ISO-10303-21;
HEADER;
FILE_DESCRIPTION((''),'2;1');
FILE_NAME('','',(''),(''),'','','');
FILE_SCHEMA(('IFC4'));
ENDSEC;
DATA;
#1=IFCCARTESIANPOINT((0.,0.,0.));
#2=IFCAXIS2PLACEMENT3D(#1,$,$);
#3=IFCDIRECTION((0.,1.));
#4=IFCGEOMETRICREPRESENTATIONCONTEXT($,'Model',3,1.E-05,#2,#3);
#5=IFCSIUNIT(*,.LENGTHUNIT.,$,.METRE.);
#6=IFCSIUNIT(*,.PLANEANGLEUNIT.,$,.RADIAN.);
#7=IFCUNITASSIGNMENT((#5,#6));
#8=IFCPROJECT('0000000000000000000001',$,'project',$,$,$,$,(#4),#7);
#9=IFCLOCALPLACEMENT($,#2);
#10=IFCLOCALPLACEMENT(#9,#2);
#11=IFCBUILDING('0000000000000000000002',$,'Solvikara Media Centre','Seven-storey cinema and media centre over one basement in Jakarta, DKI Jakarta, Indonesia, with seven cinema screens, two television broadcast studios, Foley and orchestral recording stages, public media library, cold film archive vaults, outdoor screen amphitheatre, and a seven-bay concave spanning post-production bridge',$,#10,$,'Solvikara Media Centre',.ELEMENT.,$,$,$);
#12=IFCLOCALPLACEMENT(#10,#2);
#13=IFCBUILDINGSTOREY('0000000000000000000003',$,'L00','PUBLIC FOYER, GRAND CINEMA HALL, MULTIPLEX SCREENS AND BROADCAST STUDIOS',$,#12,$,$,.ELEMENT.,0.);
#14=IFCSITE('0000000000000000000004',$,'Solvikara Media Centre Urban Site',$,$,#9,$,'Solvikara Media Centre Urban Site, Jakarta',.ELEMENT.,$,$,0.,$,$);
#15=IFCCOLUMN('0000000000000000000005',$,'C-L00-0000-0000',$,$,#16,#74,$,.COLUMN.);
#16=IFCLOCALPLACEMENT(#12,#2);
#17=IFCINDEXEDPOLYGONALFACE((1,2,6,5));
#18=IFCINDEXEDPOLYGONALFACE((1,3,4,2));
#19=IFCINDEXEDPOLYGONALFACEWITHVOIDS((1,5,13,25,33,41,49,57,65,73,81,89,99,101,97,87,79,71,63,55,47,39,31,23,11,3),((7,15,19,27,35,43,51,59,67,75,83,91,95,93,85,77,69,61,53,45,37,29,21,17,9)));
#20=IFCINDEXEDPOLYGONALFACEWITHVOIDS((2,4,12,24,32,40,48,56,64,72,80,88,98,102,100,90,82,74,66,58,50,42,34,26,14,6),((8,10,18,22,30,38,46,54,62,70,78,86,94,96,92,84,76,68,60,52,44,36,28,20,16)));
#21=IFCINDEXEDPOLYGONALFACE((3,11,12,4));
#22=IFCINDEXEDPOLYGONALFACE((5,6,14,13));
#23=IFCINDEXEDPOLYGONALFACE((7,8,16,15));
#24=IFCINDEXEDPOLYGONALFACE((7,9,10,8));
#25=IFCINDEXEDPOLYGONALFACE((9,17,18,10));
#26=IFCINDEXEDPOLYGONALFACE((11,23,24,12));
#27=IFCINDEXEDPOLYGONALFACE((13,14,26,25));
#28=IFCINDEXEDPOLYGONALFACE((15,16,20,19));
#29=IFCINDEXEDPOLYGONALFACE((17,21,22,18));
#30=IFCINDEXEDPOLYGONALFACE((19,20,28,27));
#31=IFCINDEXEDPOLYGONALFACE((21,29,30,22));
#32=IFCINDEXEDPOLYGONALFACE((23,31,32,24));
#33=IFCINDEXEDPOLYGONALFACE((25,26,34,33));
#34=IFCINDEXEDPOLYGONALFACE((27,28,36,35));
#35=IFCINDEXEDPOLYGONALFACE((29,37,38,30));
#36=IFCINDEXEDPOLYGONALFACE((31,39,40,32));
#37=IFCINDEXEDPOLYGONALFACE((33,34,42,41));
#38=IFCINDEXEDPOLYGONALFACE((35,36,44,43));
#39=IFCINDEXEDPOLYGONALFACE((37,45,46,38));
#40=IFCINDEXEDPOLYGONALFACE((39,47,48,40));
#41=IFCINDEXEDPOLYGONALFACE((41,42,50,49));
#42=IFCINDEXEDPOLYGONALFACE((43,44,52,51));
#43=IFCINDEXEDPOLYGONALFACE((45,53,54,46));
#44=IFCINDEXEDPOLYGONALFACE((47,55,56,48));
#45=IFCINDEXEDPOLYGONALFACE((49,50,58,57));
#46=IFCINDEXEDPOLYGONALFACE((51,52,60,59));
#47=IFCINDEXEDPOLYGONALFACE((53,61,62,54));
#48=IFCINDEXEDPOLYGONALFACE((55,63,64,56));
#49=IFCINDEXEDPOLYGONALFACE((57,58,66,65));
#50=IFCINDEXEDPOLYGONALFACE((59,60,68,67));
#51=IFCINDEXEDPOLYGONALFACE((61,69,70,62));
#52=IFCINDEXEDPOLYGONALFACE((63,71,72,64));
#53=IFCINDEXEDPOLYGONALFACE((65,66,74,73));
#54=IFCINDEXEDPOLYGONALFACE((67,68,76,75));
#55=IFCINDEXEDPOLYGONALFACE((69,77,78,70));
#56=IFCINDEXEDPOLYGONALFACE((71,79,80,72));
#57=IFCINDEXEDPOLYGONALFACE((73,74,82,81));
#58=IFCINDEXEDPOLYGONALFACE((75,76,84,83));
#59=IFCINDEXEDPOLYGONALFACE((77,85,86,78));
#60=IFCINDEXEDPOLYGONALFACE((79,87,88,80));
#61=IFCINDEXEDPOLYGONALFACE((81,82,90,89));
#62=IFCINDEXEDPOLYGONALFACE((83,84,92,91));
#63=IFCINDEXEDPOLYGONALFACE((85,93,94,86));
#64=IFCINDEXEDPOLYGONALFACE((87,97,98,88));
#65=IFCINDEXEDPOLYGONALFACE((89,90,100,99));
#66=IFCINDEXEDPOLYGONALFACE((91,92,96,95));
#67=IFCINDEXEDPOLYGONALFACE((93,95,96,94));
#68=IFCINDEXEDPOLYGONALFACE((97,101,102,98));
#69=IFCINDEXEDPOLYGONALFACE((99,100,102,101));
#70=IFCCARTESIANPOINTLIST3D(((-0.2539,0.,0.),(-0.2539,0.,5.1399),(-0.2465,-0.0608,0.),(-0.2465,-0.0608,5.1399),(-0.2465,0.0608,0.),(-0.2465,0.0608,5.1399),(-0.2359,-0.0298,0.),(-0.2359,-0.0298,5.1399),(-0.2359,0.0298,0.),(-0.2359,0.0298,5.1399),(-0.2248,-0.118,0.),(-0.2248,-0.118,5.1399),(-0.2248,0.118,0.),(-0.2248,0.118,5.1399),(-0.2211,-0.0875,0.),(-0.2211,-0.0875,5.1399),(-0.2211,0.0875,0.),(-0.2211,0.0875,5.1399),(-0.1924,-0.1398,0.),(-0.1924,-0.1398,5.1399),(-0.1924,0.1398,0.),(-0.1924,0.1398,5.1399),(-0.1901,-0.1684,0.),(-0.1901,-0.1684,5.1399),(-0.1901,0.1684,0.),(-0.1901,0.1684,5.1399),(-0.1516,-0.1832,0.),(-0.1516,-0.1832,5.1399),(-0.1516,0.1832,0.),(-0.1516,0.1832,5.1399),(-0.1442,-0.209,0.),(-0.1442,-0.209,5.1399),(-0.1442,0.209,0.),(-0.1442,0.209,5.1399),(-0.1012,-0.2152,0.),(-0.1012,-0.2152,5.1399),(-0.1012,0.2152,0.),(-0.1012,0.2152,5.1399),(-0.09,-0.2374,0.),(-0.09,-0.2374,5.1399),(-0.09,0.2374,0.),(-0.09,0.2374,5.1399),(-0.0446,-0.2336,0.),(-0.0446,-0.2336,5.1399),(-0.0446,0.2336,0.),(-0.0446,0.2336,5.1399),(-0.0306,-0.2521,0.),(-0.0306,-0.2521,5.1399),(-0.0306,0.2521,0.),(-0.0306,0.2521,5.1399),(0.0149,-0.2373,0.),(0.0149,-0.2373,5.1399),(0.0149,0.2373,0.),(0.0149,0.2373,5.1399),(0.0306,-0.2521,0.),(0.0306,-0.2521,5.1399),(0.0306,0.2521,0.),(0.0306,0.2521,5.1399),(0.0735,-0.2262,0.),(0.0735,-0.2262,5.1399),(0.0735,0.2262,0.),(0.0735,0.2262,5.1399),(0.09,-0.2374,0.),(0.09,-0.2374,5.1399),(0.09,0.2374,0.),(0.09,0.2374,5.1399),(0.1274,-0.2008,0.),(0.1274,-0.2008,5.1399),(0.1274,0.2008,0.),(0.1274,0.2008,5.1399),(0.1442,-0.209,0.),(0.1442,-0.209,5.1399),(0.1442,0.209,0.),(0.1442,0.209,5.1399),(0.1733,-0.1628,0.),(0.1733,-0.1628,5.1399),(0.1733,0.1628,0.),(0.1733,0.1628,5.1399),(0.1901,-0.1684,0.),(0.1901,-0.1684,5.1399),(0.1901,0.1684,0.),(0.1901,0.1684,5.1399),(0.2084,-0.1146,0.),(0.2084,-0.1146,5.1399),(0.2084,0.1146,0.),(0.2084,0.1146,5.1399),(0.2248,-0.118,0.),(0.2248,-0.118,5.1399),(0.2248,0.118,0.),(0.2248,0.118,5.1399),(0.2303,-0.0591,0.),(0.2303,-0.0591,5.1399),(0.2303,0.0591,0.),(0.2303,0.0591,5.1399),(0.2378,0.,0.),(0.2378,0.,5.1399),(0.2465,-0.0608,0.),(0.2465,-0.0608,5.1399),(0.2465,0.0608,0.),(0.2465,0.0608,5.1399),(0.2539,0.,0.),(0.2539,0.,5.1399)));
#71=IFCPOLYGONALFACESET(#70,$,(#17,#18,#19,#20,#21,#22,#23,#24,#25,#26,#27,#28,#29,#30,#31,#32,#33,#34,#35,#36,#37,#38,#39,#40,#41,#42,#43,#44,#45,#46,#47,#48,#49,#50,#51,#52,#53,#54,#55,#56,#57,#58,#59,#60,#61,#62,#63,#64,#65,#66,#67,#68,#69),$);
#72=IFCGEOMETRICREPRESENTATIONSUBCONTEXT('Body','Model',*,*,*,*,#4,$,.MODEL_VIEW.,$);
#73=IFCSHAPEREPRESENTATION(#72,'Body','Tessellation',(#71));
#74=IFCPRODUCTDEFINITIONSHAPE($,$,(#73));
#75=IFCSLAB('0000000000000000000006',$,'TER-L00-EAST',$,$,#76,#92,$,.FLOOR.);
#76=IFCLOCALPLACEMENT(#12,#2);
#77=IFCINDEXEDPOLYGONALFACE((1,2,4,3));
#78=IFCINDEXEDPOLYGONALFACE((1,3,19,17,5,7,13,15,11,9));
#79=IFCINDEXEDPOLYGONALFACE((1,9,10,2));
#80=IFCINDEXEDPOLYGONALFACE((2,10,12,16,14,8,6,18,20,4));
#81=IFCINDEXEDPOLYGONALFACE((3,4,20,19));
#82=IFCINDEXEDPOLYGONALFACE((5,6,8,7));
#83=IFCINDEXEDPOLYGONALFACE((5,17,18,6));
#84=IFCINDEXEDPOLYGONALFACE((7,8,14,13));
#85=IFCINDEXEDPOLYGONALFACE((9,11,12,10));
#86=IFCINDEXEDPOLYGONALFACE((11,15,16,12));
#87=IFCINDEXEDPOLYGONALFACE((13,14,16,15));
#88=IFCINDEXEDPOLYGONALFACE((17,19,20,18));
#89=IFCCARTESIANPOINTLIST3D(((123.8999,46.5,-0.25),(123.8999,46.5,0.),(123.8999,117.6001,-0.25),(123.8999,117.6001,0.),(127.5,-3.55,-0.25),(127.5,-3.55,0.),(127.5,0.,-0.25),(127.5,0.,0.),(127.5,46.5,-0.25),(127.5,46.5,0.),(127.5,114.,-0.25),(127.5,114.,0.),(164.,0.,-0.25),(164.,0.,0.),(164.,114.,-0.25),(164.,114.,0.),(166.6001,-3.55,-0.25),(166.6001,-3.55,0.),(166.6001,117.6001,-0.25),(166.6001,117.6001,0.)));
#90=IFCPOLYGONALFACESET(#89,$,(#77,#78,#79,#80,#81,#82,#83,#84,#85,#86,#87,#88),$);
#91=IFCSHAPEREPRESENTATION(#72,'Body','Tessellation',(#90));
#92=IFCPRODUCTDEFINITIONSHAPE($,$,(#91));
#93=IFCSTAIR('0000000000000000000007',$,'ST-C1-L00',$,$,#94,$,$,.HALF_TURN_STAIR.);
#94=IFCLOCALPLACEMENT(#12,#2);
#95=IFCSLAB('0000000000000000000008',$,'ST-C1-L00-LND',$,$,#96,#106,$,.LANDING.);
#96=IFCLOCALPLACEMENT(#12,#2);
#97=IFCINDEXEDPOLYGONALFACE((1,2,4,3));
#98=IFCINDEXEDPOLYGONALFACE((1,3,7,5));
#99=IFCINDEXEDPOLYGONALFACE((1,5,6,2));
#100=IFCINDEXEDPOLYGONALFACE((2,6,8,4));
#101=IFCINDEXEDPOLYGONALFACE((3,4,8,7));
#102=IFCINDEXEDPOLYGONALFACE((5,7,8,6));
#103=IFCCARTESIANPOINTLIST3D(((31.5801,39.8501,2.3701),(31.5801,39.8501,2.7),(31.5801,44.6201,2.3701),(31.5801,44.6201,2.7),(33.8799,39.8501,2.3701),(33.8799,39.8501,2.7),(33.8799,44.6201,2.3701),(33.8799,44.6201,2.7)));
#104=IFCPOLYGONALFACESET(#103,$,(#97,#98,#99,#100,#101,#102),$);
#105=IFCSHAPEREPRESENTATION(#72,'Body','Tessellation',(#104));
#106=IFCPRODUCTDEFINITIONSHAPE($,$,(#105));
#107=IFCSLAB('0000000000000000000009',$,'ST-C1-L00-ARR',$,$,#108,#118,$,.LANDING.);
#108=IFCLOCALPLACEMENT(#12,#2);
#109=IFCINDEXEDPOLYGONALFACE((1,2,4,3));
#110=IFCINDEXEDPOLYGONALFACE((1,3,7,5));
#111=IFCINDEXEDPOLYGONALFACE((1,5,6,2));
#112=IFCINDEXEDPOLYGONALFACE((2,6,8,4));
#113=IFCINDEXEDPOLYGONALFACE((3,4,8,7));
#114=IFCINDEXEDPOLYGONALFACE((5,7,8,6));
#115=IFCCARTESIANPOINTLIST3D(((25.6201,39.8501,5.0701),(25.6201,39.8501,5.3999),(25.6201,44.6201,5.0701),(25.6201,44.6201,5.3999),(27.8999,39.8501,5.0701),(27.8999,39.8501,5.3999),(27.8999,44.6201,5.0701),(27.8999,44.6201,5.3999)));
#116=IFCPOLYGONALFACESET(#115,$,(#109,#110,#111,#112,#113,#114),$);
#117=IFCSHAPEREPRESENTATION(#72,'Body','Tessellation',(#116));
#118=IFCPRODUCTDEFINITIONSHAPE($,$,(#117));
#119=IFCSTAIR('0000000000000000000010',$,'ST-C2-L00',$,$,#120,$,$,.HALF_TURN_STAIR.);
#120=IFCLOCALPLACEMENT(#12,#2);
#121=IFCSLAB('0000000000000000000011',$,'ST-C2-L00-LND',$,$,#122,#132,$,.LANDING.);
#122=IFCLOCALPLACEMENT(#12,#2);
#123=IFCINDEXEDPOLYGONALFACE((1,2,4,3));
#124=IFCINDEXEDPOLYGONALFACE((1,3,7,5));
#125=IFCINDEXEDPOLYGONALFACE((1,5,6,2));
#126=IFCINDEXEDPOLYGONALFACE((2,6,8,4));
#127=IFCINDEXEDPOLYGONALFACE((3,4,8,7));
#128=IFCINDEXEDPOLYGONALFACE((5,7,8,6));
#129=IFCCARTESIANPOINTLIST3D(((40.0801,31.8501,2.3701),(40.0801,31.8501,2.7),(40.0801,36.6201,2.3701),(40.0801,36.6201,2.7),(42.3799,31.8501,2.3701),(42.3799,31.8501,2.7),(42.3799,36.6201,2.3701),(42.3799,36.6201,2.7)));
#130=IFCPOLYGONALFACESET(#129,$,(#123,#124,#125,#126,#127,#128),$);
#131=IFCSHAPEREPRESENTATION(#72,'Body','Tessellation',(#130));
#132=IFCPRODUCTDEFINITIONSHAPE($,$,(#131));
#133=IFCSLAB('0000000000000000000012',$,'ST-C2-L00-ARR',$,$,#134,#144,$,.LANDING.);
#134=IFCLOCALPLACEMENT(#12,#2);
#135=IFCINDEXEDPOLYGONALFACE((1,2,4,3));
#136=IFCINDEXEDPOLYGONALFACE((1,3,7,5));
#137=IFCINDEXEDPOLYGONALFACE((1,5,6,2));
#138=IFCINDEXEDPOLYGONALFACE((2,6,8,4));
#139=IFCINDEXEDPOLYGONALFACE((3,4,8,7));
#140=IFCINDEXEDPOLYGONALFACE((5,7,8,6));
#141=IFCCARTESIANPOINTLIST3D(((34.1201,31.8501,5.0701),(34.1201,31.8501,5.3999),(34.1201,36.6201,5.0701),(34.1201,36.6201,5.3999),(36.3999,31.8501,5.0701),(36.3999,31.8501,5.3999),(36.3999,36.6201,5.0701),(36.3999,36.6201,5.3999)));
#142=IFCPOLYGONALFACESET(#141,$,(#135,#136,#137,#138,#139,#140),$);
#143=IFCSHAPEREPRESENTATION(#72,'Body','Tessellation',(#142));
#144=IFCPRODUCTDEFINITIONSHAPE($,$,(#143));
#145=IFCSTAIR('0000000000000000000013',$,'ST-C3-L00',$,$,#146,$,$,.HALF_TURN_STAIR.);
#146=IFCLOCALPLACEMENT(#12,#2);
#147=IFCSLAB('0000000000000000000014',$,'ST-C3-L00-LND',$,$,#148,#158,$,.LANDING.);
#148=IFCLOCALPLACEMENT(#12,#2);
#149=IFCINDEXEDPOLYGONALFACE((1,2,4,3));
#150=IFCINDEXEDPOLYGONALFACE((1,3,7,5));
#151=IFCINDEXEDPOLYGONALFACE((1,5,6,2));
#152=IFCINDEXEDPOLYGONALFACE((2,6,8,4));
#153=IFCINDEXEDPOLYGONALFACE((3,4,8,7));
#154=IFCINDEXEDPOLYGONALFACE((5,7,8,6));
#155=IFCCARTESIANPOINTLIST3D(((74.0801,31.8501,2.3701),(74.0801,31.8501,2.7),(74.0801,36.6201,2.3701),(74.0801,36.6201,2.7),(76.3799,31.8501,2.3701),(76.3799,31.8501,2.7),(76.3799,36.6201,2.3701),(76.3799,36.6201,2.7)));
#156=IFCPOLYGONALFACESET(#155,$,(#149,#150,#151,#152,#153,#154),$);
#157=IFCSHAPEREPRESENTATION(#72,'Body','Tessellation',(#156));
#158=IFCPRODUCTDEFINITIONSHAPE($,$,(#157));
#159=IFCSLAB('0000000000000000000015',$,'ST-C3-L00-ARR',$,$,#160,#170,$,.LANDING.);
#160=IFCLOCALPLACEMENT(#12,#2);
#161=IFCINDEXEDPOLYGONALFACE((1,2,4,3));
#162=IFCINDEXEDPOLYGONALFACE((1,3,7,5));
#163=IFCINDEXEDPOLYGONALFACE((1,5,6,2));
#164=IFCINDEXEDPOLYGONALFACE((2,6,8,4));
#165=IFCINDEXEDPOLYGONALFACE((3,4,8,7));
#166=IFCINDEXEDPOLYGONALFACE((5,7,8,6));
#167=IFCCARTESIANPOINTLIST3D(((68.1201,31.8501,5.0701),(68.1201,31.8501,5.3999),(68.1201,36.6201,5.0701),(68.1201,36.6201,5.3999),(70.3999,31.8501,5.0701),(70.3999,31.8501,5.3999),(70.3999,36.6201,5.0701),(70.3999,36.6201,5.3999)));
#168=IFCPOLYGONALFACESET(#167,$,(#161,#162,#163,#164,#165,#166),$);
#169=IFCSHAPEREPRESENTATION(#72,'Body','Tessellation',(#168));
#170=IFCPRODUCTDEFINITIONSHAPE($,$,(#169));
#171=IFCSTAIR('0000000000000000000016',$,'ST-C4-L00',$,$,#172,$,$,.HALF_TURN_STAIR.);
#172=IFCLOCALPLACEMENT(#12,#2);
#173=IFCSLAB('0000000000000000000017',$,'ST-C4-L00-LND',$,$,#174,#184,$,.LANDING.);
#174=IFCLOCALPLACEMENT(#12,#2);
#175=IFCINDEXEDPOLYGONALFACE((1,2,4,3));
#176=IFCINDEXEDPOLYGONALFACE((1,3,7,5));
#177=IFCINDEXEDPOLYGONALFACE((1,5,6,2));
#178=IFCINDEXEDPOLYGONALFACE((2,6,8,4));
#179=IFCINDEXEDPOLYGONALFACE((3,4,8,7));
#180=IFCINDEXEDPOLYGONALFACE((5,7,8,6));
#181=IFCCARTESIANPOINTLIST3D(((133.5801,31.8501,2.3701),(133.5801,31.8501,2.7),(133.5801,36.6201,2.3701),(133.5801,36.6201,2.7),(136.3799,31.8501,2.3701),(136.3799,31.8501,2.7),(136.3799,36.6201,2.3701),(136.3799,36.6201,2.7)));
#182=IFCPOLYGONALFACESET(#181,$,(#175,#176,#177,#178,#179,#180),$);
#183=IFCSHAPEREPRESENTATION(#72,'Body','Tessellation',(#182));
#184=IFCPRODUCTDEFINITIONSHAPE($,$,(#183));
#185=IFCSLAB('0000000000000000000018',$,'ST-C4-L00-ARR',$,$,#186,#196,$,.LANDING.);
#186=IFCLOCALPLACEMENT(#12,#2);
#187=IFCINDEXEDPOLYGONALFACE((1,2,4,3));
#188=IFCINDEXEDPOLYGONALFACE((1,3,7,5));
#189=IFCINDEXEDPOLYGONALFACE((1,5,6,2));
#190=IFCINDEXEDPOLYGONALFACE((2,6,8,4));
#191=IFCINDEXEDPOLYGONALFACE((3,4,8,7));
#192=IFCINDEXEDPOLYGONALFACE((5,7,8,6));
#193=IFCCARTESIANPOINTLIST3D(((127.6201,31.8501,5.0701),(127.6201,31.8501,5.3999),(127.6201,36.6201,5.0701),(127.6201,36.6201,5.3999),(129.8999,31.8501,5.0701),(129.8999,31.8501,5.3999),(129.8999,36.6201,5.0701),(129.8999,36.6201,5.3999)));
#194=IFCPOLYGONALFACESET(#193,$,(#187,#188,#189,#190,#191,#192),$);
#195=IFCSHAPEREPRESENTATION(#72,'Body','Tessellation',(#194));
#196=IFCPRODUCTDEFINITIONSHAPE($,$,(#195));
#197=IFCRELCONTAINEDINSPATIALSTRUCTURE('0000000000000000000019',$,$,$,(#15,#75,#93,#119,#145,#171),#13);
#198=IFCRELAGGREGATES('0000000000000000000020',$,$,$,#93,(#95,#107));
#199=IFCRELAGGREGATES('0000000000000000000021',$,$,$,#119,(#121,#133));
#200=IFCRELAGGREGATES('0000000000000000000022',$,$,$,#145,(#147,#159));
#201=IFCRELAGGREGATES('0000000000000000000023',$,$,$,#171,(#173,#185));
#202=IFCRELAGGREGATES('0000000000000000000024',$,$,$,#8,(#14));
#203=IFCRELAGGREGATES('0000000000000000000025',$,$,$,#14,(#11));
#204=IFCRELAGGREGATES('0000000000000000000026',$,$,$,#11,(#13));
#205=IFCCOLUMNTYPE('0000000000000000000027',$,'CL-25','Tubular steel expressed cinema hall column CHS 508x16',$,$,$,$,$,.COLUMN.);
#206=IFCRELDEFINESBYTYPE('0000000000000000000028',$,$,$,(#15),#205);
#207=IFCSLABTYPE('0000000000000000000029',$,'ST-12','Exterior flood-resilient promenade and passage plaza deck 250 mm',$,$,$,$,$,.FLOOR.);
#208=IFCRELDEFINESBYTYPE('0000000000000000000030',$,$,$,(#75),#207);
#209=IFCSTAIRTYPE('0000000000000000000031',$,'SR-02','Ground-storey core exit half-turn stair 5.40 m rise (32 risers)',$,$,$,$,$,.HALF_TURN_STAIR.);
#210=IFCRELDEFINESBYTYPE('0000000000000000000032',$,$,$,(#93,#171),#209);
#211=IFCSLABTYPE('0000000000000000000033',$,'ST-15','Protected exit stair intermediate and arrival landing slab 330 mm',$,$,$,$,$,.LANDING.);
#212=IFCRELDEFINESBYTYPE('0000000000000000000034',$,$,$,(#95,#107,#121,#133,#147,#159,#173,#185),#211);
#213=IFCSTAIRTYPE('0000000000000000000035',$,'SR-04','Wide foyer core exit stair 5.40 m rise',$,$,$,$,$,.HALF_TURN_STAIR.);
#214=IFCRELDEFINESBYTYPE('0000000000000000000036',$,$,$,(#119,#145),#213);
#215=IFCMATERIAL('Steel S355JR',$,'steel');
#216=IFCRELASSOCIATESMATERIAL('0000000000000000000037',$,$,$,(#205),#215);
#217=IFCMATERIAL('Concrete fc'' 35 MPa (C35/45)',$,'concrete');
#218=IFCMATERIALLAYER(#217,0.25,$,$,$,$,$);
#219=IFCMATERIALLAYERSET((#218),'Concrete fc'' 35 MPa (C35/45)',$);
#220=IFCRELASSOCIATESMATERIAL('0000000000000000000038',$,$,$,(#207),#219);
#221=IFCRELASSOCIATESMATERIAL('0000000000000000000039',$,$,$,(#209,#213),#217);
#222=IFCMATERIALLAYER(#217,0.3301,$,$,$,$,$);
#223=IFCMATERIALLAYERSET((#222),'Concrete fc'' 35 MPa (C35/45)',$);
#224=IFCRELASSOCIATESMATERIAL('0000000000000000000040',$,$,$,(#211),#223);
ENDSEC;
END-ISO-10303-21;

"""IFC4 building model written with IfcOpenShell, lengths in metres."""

from ifc_helpers import new_model, si_unit, direction, frame, origin, origin_with_axes, origin_2d, place, context, subcontext, project, spatial, polyline, hollow_circle, outline, extrude, material, layer, layer_set, material_profile, profile_set, type_object, element, aggregate, save


model = new_model("IFC4")

# Units and contexts
model_context = context("Model", 3, precision=1e-05, world=origin(), true_north=direction((0.0, 1.0)))
body_context = subcontext(model_context, "Body", "Model", "MODEL_VIEW")
ifc_project = project(units=[si_unit("LENGTHUNIT", "METRE"), si_unit("PLANEANGLEUNIT", "RADIAN")], contexts=[model_context])

# Site, building, storey
site_placement = place(None, origin())
site = spatial("IfcSite", under=ifc_project, at=site_placement, Name="Solvikara Media Centre Urban Site", LongName="Solvikara Media Centre Urban Site, Jakarta", CompositionType="ELEMENT", RefElevation=0.0)
building_placement = place(site_placement, origin())
building = spatial("IfcBuilding", under=site, at=building_placement, Name="Solvikara Media Centre", Description="Seven-storey cinema and media centre over one basement in Jakarta, DKI Jakarta, Indonesia, with seven cinema screens, two television broadcast studios, Foley and orchestral recording stages, public media library, cold film archive vaults, outdoor screen amphitheatre, and a seven-bay concave spanning post-production bridge", LongName="Solvikara Media Centre", CompositionType="ELEMENT")
storey_placement = place(building_placement, origin())
storey = spatial("IfcBuildingStorey", under=building, at=storey_placement, Name="L00", Description="PUBLIC FOYER, GRAND CINEMA HALL, MULTIPLEX SCREENS AND BROADCAST STUDIOS", CompositionType="ELEMENT", Elevation=0.0)

# Column
ifc_material_1 = material(Name="Steel S355JR", Category="steel")
ifc_material_profile = material_profile(ifc_material_1, hollow_circle(Radius=0.2539, WallThickness=0.0161, at=origin_2d()), Name="CHS 508x16")
ifc_profile_set = profile_set([ifc_material_profile], Name="Steel S355JR")
column_type = type_object("IfcColumnType", Name="CL-25", Description="Tubular steel expressed cinema hall column CHS 508x16", PredefinedType="COLUMN", material=ifc_profile_set)
column_placement = place(storey_placement, origin_with_axes())
element("IfcColumn", 1, at=column_placement, inside=storey, type_object=column_type, Name="C-L00-0000-0000", PredefinedType="COLUMN", context=body_context, shape_type="SweptSolid", body=[
    extrude(hollow_circle(Radius=0.2539, WallThickness=0.0161, at=origin_2d()), origin(), (0.0, 0.0, 1.0), 5.1399),
])

# Slab
ifc_material_2 = material(Name="Concrete fc' 35 MPa (C35/45)", Category="concrete")
ifc_layer_1 = layer(ifc_material_2, 0.25)
ifc_layer_set_1 = layer_set([ifc_layer_1], Name="Concrete fc' 35 MPa (C35/45)")
slab_type_1 = type_object("IfcSlabType", Name="ST-12", Description="Exterior flood-resilient promenade and passage plaza deck 250 mm", PredefinedType="FLOOR", material=ifc_layer_set_1)
slab_1_placement = place(storey_placement, frame((0.0, 0.0, -0.25)))
element("IfcSlab", 2, at=slab_1_placement, inside=storey, type_object=slab_type_1, Name="TER-L00-EAST", PredefinedType="FLOOR", context=body_context, shape_type="SweptSolid", body=[
    extrude(outline(polyline([(127.5, -3.55), (166.6001, -3.55), (166.6001, 117.6001), (123.8999, 117.6001), (123.8999, 46.5), (127.5, 46.5), (127.5, 114.0), (164.0, 114.0), (164.0, 0.0), (127.5, 0.0), (127.5, -3.55)])), origin(), (0.0, 0.0, 1.0), 0.25),
])

# Stairs, slabs
stair_type_1 = type_object("IfcStairType", Name="SR-02", Description="Ground-storey core exit half-turn stair 5.40 m rise (32 risers)", PredefinedType="HALF_TURN_STAIR", material=ifc_material_2)
stair_1_placement = place(storey_placement, origin())
stair_1 = element("IfcStair", 3, at=stair_1_placement, inside=storey, type_object=stair_type_1, Name="ST-C1-L00", PredefinedType="HALF_TURN_STAIR")
ifc_layer_2 = layer(ifc_material_2, 0.3301)
ifc_layer_set_2 = layer_set([ifc_layer_2], Name="Concrete fc' 35 MPa (C35/45)")
slab_type_2 = type_object("IfcSlabType", Name="ST-15", Description="Protected exit stair intermediate and arrival landing slab 330 mm", PredefinedType="LANDING", material=ifc_layer_set_2)
slab_2_placement = place(storey_placement, frame((0.0, 0.0, 2.3701)))
slab_2 = element("IfcSlab", 4, at=slab_2_placement, type_object=slab_type_2, Name="ST-C1-L00-LND", PredefinedType="LANDING", context=body_context, shape_type="SweptSolid", body=[
    extrude(outline(polyline([(31.5801, 39.8501), (33.8799, 39.8501), (33.8799, 44.6201), (31.5801, 44.6201), (31.5801, 39.8501)])), origin(), (0.0, 0.0, 1.0), 0.3298),
])
slab_3_placement = place(storey_placement, frame((0.0, 0.0, 5.0701)))
slab_3 = element("IfcSlab", 5, at=slab_3_placement, type_object=slab_type_2, Name="ST-C1-L00-ARR", PredefinedType="LANDING", context=body_context, shape_type="SweptSolid", body=[
    extrude(outline(polyline([(25.6201, 39.8501), (27.8999, 39.8501), (27.8999, 44.6201), (25.6201, 44.6201), (25.6201, 39.8501)])), origin(), (0.0, 0.0, 1.0), 0.3298),
])
aggregate(stair_1, [slab_2, slab_3])
stair_type_2 = type_object("IfcStairType", Name="SR-04", Description="Wide foyer core exit stair 5.40 m rise", PredefinedType="HALF_TURN_STAIR", material=ifc_material_2)
stair_2_placement = place(storey_placement, origin())
stair_2 = element("IfcStair", 6, at=stair_2_placement, inside=storey, type_object=stair_type_2, Name="ST-C2-L00", PredefinedType="HALF_TURN_STAIR")
slab_4_placement = place(storey_placement, frame((0.0, 0.0, 2.3701)))
slab_4 = element("IfcSlab", 7, at=slab_4_placement, type_object=slab_type_2, Name="ST-C2-L00-LND", PredefinedType="LANDING", context=body_context, shape_type="SweptSolid", body=[
    extrude(outline(polyline([(40.0801, 31.8501), (42.3799, 31.8501), (42.3799, 36.6201), (40.0801, 36.6201), (40.0801, 31.8501)])), origin(), (0.0, 0.0, 1.0), 0.3298),
])
slab_5_placement = place(storey_placement, frame((0.0, 0.0, 5.0701)))
slab_5 = element("IfcSlab", 8, at=slab_5_placement, type_object=slab_type_2, Name="ST-C2-L00-ARR", PredefinedType="LANDING", context=body_context, shape_type="SweptSolid", body=[
    extrude(outline(polyline([(34.1201, 31.8501), (36.3999, 31.8501), (36.3999, 36.6201), (34.1201, 36.6201), (34.1201, 31.8501)])), origin(), (0.0, 0.0, 1.0), 0.3298),
])
aggregate(stair_2, [slab_4, slab_5])
stair_3_placement = place(storey_placement, origin())
stair_3 = element("IfcStair", 9, at=stair_3_placement, inside=storey, type_object=stair_type_2, Name="ST-C3-L00", PredefinedType="HALF_TURN_STAIR")
slab_6_placement = place(storey_placement, frame((0.0, 0.0, 2.3701)))
slab_6 = element("IfcSlab", 10, at=slab_6_placement, type_object=slab_type_2, Name="ST-C3-L00-LND", PredefinedType="LANDING", context=body_context, shape_type="SweptSolid", body=[
    extrude(outline(polyline([(74.0801, 31.8501), (76.3799, 31.8501), (76.3799, 36.6201), (74.0801, 36.6201), (74.0801, 31.8501)])), origin(), (0.0, 0.0, 1.0), 0.3298),
])
slab_7_placement = place(storey_placement, frame((0.0, 0.0, 5.0701)))
slab_7 = element("IfcSlab", 11, at=slab_7_placement, type_object=slab_type_2, Name="ST-C3-L00-ARR", PredefinedType="LANDING", context=body_context, shape_type="SweptSolid", body=[
    extrude(outline(polyline([(68.1201, 31.8501), (70.3999, 31.8501), (70.3999, 36.6201), (68.1201, 36.6201), (68.1201, 31.8501)])), origin(), (0.0, 0.0, 1.0), 0.3298),
])
aggregate(stair_3, [slab_6, slab_7])
stair_4_placement = place(storey_placement, origin())
stair_4 = element("IfcStair", 12, at=stair_4_placement, inside=storey, type_object=stair_type_1, Name="ST-C4-L00", PredefinedType="HALF_TURN_STAIR")
slab_8_placement = place(storey_placement, frame((0.0, 0.0, 2.3701)))
slab_8 = element("IfcSlab", 13, at=slab_8_placement, type_object=slab_type_2, Name="ST-C4-L00-LND", PredefinedType="LANDING", context=body_context, shape_type="SweptSolid", body=[
    extrude(outline(polyline([(133.5801, 31.8501), (136.3799, 31.8501), (136.3799, 36.6201), (133.5801, 36.6201), (133.5801, 31.8501)])), origin(), (0.0, 0.0, 1.0), 0.3298),
])
slab_9_placement = place(storey_placement, frame((0.0, 0.0, 5.0701)))
slab_9 = element("IfcSlab", 14, at=slab_9_placement, type_object=slab_type_2, Name="ST-C4-L00-ARR", PredefinedType="LANDING", context=body_context, shape_type="SweptSolid", body=[
    extrude(outline(polyline([(127.6201, 31.8501), (129.8999, 31.8501), (129.8999, 36.6201), (127.6201, 36.6201), (127.6201, 31.8501)])), origin(), (0.0, 0.0, 1.0), 0.3298),
])
aggregate(stair_4, [slab_8, slab_9])

save(model, "model.ifc")
